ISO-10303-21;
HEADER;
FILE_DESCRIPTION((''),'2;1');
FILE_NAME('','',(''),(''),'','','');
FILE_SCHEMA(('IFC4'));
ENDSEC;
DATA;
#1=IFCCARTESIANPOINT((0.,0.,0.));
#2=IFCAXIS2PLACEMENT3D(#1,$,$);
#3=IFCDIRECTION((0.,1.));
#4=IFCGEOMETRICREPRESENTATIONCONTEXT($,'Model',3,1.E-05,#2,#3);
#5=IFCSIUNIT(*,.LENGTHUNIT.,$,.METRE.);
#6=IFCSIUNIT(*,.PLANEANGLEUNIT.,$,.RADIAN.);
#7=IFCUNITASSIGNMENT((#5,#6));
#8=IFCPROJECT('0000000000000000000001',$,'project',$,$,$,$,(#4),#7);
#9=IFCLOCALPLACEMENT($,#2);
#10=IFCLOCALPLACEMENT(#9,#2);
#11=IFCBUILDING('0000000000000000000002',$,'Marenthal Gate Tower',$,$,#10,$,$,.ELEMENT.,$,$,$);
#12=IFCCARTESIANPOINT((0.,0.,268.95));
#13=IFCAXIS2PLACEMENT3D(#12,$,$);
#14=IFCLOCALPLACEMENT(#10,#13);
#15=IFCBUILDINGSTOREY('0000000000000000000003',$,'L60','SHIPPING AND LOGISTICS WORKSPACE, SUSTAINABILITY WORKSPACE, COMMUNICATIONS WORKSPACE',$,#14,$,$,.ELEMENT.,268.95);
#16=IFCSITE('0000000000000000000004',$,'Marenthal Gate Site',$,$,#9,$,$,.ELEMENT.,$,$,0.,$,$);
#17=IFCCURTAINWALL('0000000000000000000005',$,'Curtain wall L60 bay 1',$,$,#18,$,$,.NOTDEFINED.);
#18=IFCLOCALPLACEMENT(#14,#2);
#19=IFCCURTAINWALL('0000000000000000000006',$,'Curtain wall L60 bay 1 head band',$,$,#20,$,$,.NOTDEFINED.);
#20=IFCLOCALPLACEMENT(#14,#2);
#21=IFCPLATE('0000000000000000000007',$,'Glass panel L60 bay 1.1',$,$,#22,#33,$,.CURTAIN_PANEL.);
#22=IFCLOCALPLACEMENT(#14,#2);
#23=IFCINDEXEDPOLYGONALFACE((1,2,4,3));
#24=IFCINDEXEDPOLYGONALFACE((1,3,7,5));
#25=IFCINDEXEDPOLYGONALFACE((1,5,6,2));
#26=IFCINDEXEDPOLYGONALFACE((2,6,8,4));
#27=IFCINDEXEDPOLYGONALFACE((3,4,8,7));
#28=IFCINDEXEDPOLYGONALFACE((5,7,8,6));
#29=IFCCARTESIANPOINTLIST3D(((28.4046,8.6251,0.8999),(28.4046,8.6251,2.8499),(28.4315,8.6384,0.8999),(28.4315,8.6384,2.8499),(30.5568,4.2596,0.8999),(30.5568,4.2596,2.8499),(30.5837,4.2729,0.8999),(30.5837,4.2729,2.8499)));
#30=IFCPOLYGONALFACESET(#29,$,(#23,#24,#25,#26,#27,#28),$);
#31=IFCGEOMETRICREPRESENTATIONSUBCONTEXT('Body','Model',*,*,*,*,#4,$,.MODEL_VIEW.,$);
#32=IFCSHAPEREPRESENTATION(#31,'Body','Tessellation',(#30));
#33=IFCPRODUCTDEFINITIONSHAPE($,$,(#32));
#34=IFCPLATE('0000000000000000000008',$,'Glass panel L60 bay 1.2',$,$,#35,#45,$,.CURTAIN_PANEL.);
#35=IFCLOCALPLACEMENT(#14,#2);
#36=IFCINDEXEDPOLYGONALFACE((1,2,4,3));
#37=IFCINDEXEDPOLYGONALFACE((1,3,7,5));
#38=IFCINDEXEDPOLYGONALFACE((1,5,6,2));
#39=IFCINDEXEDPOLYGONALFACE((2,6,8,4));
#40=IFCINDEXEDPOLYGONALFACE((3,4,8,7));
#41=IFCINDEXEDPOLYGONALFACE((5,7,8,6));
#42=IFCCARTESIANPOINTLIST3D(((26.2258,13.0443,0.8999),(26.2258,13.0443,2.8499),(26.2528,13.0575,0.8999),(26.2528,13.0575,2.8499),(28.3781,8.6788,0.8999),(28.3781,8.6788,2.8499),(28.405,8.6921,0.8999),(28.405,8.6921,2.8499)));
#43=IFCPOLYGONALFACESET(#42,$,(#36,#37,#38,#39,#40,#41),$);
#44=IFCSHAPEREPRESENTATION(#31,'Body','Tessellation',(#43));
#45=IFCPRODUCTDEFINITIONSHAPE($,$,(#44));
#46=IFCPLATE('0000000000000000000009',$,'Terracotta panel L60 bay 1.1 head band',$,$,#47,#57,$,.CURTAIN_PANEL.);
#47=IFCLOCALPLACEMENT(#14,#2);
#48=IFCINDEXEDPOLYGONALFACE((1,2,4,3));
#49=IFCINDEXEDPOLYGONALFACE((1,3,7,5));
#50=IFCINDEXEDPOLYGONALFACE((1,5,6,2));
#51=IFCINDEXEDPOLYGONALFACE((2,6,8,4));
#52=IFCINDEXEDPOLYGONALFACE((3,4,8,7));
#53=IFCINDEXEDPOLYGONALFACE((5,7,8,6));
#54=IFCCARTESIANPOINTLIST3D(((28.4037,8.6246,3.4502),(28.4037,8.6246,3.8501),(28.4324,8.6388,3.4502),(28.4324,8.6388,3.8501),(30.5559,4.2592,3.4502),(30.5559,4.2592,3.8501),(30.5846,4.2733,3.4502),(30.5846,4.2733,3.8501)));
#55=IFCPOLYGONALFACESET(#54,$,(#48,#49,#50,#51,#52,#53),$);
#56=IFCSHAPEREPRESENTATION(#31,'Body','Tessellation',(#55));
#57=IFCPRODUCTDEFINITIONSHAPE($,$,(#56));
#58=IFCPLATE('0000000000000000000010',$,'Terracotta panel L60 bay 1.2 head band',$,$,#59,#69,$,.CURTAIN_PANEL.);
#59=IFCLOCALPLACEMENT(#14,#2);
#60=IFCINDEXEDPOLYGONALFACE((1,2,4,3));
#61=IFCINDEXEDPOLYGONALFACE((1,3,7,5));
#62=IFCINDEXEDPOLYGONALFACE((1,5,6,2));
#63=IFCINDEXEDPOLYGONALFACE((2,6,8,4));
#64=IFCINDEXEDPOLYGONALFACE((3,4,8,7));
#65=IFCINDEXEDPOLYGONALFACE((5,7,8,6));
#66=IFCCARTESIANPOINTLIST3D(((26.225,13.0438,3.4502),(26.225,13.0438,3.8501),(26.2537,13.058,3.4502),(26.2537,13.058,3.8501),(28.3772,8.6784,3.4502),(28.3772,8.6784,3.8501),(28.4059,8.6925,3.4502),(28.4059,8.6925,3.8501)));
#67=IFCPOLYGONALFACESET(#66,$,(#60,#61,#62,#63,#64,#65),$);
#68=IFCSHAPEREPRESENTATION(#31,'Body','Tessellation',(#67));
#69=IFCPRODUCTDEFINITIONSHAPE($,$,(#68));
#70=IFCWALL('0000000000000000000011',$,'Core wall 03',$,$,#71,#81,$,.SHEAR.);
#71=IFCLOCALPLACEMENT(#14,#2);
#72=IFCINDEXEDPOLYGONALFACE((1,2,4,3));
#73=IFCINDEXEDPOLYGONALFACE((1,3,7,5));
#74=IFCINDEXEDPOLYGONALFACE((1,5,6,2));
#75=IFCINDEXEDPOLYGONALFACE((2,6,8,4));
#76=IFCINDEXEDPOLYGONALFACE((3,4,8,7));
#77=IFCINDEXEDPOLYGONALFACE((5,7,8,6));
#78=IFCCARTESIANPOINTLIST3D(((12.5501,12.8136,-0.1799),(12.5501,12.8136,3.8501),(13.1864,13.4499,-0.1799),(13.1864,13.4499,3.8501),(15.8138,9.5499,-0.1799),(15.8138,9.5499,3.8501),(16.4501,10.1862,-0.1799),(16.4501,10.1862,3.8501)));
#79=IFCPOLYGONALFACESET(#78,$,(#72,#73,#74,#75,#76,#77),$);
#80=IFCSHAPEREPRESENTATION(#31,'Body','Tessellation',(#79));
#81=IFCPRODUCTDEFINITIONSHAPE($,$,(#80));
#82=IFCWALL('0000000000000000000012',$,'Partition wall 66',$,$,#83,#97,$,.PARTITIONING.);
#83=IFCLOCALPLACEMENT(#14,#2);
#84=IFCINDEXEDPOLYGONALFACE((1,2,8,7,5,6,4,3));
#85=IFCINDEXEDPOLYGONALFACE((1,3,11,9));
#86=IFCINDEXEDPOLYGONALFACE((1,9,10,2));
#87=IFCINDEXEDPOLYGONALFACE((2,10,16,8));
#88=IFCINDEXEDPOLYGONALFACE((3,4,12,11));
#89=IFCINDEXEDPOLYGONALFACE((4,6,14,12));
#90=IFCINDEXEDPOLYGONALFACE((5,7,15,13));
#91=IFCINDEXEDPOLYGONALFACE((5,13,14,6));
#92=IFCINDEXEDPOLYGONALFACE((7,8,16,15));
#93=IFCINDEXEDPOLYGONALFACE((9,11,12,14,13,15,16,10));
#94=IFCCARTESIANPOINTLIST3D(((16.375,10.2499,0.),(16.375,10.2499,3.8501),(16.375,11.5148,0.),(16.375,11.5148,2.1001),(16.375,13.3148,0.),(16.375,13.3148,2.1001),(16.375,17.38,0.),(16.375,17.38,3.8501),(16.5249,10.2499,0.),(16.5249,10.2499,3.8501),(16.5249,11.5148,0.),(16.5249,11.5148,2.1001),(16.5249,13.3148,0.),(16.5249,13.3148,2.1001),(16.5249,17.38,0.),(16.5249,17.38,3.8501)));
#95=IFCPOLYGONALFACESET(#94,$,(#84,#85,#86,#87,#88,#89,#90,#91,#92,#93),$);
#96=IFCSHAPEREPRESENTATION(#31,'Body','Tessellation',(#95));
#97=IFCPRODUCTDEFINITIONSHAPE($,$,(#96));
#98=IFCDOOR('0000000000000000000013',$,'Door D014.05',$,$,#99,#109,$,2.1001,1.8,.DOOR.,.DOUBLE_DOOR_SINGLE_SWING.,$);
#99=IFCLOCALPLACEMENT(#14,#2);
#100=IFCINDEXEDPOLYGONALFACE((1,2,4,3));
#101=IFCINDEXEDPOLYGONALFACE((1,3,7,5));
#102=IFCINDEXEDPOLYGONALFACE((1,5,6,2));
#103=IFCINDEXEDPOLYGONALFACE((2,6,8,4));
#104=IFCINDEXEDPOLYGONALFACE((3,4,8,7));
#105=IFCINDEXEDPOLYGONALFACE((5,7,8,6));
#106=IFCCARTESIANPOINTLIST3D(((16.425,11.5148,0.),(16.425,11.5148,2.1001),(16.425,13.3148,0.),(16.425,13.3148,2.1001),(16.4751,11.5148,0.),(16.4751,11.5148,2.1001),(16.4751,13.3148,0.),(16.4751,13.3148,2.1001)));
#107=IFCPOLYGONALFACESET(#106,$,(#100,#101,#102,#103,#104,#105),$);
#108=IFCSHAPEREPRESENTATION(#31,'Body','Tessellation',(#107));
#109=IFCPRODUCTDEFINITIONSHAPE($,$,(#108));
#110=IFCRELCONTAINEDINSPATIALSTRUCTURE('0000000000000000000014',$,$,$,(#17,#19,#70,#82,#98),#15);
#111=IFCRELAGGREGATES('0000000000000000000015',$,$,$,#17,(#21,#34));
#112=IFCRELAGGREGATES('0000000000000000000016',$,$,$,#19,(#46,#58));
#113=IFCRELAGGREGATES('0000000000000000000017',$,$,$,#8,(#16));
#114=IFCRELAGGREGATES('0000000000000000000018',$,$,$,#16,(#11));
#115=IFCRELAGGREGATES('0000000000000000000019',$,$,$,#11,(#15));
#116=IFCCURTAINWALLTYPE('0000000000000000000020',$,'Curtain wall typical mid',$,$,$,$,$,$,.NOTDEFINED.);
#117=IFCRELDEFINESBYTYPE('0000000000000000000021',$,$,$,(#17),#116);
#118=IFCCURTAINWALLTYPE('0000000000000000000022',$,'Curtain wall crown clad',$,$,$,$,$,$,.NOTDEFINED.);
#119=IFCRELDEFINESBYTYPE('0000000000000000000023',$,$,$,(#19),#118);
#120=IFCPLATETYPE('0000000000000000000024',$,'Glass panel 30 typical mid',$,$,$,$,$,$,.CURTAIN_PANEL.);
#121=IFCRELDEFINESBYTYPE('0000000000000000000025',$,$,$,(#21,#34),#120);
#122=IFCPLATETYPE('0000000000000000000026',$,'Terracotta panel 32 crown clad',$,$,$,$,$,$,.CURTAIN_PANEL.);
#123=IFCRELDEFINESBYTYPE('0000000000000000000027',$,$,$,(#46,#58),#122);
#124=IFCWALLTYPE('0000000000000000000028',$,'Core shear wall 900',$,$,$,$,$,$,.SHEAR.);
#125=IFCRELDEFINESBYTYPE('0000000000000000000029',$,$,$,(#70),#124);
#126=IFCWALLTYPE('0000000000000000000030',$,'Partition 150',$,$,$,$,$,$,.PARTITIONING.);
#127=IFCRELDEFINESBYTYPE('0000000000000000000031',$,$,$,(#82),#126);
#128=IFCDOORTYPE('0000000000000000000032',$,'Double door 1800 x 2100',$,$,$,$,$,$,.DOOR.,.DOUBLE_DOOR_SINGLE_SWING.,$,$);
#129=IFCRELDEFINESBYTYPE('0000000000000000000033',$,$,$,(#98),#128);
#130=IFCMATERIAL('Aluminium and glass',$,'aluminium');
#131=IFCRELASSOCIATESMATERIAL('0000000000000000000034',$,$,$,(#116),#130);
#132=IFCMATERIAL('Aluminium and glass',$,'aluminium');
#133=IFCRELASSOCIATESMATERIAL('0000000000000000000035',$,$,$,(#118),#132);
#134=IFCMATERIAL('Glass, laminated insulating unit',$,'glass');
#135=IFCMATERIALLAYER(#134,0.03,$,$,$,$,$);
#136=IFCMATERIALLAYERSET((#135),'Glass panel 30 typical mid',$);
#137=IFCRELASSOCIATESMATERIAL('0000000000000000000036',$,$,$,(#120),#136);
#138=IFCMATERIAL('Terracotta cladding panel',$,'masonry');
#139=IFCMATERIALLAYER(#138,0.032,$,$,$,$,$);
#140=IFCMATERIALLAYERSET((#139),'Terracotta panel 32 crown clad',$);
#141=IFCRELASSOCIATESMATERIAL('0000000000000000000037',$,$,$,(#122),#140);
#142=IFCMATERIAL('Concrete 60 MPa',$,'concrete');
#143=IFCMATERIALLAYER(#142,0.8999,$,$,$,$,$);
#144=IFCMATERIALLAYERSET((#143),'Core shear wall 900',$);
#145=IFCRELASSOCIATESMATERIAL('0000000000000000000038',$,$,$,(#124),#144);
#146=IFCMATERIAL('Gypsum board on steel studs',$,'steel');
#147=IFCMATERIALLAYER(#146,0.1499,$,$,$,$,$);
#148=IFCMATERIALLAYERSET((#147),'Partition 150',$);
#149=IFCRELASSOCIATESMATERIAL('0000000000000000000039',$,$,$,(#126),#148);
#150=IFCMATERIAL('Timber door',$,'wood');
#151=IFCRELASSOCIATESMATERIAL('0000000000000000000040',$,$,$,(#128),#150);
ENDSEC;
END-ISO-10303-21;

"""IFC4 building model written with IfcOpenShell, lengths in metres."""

from ifc_helpers import new_model, si_unit, direction, frame, frame_2d, origin, origin_2d, place, context, subcontext, project, spatial, rectangle, extrude, material, layer, layer_set, type_object, element, fill, aggregate, save


model = new_model("IFC4")

# Units and contexts
model_context = context("Model", 3, precision=1e-05, world=origin(), true_north=direction((0.0, 1.0)))
body_context = subcontext(model_context, "Body", "Model", "MODEL_VIEW")
ifc_project = project(units=[si_unit("LENGTHUNIT", "METRE"), si_unit("PLANEANGLEUNIT", "RADIAN")], contexts=[model_context])

# Site, building, storey
site_placement = place(None, origin())
site = spatial("IfcSite", under=ifc_project, at=site_placement, Name="Marenthal Gate Site", CompositionType="ELEMENT", RefElevation=0.0)
building_placement = place(site_placement, origin())
building = spatial("IfcBuilding", under=site, at=building_placement, Name="Marenthal Gate Tower", CompositionType="ELEMENT")
storey_placement = place(building_placement, frame((0.0, 0.0, 268.95)))
storey = spatial("IfcBuildingStorey", under=building, at=storey_placement, Name="L60", Description="SHIPPING AND LOGISTICS WORKSPACE, SUSTAINABILITY WORKSPACE, COMMUNICATIONS WORKSPACE", CompositionType="ELEMENT", Elevation=268.95)

# Curtain walls
ifc_material_1 = material(Name="Aluminium and glass", Category="aluminium")
curtain_wall_type_1 = type_object("IfcCurtainWallType", Name="Curtain wall typical mid", PredefinedType="NOTDEFINED", material=ifc_material_1)
curtain_wall_1_placement = place(storey_placement, origin())
curtain_wall_1 = element("IfcCurtainWall", 1, at=curtain_wall_1_placement, inside=storey, type_object=curtain_wall_type_1, Name="Curtain wall L60 bay 1", PredefinedType="NOTDEFINED")
ifc_material_2 = material(Name="Aluminium and glass", Category="aluminium")
curtain_wall_type_2 = type_object("IfcCurtainWallType", Name="Curtain wall crown clad", PredefinedType="NOTDEFINED", material=ifc_material_2)
curtain_wall_2_placement = place(storey_placement, origin())
curtain_wall_2 = element("IfcCurtainWall", 2, at=curtain_wall_2_placement, inside=storey, type_object=curtain_wall_type_2, Name="Curtain wall L60 bay 1 head band", PredefinedType="NOTDEFINED")

# Plates
ifc_material_3 = material(Name="Glass, laminated insulating unit", Category="glass")
ifc_layer_1 = layer(ifc_material_3, 0.03)
ifc_layer_set_1 = layer_set([ifc_layer_1], Name="Glass panel 30 typical mid")
plate_type_1 = type_object("IfcPlateType", Name="Glass panel 30 typical mid", PredefinedType="CURTAIN_PANEL", material=ifc_layer_set_1)
plate_1_placement = place(storey_placement, frame((29.4941, 6.449, 0.8999), z_axis=(0.0, 0.0, 1.0), x_axis=(-0.442192, 0.896921, 0.0)))
plate_1 = element("IfcPlate", 3, at=plate_1_placement, type_object=plate_type_1, Name="Glass panel L60 bay 1.1", PredefinedType="CURTAIN_PANEL", context=body_context, shape_type="SweptSolid", body=[
    extrude(rectangle(XDim=4.8672, YDim=0.03, at=origin_2d()), origin(), (0.0, 0.0, 1.0), 1.95),
])
plate_2_placement = place(storey_placement, frame((27.3154, 10.8682, 0.8999), z_axis=(0.0, 0.0, 1.0), x_axis=(-0.442192, 0.896921, 0.0)))
plate_2 = element("IfcPlate", 4, at=plate_2_placement, type_object=plate_type_1, Name="Glass panel L60 bay 1.2", PredefinedType="CURTAIN_PANEL", context=body_context, shape_type="SweptSolid", body=[
    extrude(rectangle(XDim=4.8672, YDim=0.03, at=origin_2d()), origin(), (0.0, 0.0, 1.0), 1.95),
])
aggregate(curtain_wall_1, [plate_1, plate_2])
ifc_material_4 = material(Name="Terracotta cladding panel", Category="masonry")
ifc_layer_2 = layer(ifc_material_4, 0.032)
ifc_layer_set_2 = layer_set([ifc_layer_2], Name="Terracotta panel 32 crown clad")
plate_type_2 = type_object("IfcPlateType", Name="Terracotta panel 32 crown clad", PredefinedType="CURTAIN_PANEL", material=ifc_layer_set_2)
plate_3_placement = place(storey_placement, frame((29.4941, 6.449, 3.4502), z_axis=(0.0, 0.0, 1.0), x_axis=(-0.442192, 0.896921, 0.0)))
plate_3 = element("IfcPlate", 5, at=plate_3_placement, type_object=plate_type_2, Name="Terracotta panel L60 bay 1.1 head band", PredefinedType="CURTAIN_PANEL", context=body_context, shape_type="SweptSolid", body=[
    extrude(rectangle(XDim=4.8672, YDim=0.032, at=origin_2d()), origin(), (0.0, 0.0, 1.0), 0.3999),
])
plate_4_placement = place(storey_placement, frame((27.3154, 10.8682, 3.4502), z_axis=(0.0, 0.0, 1.0), x_axis=(-0.442192, 0.896921, 0.0)))
plate_4 = element("IfcPlate", 6, at=plate_4_placement, type_object=plate_type_2, Name="Terracotta panel L60 bay 1.2 head band", PredefinedType="CURTAIN_PANEL", context=body_context, shape_type="SweptSolid", body=[
    extrude(rectangle(XDim=4.8672, YDim=0.032, at=origin_2d()), origin(), (0.0, 0.0, 1.0), 0.3999),
])
aggregate(curtain_wall_2, [plate_3, plate_4])

# Wall
ifc_material_5 = material(Name="Concrete 60 MPa", Category="concrete")
ifc_layer_3 = layer(ifc_material_5, 0.8999)
ifc_layer_set_3 = layer_set([ifc_layer_3], Name="Core shear wall 900")
wall_type_1 = type_object("IfcWallType", Name="Core shear wall 900", PredefinedType="SHEAR", material=ifc_layer_set_3)
wall_1_placement = place(storey_placement, frame((16.1318, 9.8682, -0.1799), z_axis=(0.0, 0.0, 1.0), x_axis=(-0.707107, 0.707107, 0.0)))
element("IfcWall", 7, at=wall_1_placement, inside=storey, type_object=wall_type_1, Name="Core wall 03", PredefinedType="SHEAR", context=body_context, shape_type="SweptSolid", body=[
    extrude(rectangle(XDim=4.6155, YDim=0.8999, at=frame_2d((2.3076, 0.0))), origin(), (0.0, 0.0, 1.0), 4.03),
])

# Wall, opening, door
ifc_material_6 = material(Name="Gypsum board on steel studs", Category="steel")
ifc_layer_4 = layer(ifc_material_6, 0.1499)
ifc_layer_set_4 = layer_set([ifc_layer_4], Name="Partition 150")
wall_type_2 = type_object("IfcWallType", Name="Partition 150", PredefinedType="PARTITIONING", material=ifc_layer_set_4)
wall_2_placement = place(storey_placement, frame((16.45, 10.25, 0.0), z_axis=(0.0, 0.0, 1.0), x_axis=(0.0, 1.0, 0.0)))
wall_2 = element("IfcWall", 8, at=wall_2_placement, inside=storey, type_object=wall_type_2, Name="Partition wall 66", PredefinedType="PARTITIONING", context=body_context, shape_type="SweptSolid", body=[
    extrude(rectangle(XDim=7.1301, YDim=0.1499, at=frame_2d((3.5649, 0.0))), origin(), (0.0, 0.0, 1.0), 3.8501),
])
opening_placement = place(wall_2_placement, frame((1.2649, 0.0, 0.0)))
opening = element("IfcOpeningElement", 9, at=opening_placement, cuts=wall_2, PredefinedType="OPENING", context=body_context, shape_type="SweptSolid", body=[
    extrude(rectangle(XDim=1.8, YDim=2.1001, at=frame_2d((0.8999, 1.05))), frame((0.0, 0.085, 0.0), z_axis=(0.0, -1.0, 0.0), x_axis=(1.0, 0.0, 0.0)), (0.0, 0.0, 1.0), 0.1699),
])
ifc_material_7 = material(Name="Timber door", Category="wood")
door_type = type_object("IfcDoorType", Name="Double door 1800 x 2100", OperationType="DOUBLE_DOOR_SINGLE_SWING", PredefinedType="DOOR", material=ifc_material_7)
door_placement = place(opening_placement, origin())
door = element("IfcDoor", 10, at=door_placement, inside=storey, type_object=door_type, Name="Door D014.05", OperationType="DOUBLE_DOOR_SINGLE_SWING", OverallHeight=2.1001, OverallWidth=1.8, PredefinedType="DOOR", context=body_context, shape_type="SweptSolid", body=[
    extrude(rectangle(XDim=1.8, YDim=2.1001, at=frame_2d((0.8999, 1.05))), frame((0.0, 0.0249, 0.0), z_axis=(0.0, -1.0, 0.0), x_axis=(1.0, 0.0, 0.0)), (0.0, 0.0, 1.0), 0.05),
])
fill(opening, door)

save(model, "model.ifc")
